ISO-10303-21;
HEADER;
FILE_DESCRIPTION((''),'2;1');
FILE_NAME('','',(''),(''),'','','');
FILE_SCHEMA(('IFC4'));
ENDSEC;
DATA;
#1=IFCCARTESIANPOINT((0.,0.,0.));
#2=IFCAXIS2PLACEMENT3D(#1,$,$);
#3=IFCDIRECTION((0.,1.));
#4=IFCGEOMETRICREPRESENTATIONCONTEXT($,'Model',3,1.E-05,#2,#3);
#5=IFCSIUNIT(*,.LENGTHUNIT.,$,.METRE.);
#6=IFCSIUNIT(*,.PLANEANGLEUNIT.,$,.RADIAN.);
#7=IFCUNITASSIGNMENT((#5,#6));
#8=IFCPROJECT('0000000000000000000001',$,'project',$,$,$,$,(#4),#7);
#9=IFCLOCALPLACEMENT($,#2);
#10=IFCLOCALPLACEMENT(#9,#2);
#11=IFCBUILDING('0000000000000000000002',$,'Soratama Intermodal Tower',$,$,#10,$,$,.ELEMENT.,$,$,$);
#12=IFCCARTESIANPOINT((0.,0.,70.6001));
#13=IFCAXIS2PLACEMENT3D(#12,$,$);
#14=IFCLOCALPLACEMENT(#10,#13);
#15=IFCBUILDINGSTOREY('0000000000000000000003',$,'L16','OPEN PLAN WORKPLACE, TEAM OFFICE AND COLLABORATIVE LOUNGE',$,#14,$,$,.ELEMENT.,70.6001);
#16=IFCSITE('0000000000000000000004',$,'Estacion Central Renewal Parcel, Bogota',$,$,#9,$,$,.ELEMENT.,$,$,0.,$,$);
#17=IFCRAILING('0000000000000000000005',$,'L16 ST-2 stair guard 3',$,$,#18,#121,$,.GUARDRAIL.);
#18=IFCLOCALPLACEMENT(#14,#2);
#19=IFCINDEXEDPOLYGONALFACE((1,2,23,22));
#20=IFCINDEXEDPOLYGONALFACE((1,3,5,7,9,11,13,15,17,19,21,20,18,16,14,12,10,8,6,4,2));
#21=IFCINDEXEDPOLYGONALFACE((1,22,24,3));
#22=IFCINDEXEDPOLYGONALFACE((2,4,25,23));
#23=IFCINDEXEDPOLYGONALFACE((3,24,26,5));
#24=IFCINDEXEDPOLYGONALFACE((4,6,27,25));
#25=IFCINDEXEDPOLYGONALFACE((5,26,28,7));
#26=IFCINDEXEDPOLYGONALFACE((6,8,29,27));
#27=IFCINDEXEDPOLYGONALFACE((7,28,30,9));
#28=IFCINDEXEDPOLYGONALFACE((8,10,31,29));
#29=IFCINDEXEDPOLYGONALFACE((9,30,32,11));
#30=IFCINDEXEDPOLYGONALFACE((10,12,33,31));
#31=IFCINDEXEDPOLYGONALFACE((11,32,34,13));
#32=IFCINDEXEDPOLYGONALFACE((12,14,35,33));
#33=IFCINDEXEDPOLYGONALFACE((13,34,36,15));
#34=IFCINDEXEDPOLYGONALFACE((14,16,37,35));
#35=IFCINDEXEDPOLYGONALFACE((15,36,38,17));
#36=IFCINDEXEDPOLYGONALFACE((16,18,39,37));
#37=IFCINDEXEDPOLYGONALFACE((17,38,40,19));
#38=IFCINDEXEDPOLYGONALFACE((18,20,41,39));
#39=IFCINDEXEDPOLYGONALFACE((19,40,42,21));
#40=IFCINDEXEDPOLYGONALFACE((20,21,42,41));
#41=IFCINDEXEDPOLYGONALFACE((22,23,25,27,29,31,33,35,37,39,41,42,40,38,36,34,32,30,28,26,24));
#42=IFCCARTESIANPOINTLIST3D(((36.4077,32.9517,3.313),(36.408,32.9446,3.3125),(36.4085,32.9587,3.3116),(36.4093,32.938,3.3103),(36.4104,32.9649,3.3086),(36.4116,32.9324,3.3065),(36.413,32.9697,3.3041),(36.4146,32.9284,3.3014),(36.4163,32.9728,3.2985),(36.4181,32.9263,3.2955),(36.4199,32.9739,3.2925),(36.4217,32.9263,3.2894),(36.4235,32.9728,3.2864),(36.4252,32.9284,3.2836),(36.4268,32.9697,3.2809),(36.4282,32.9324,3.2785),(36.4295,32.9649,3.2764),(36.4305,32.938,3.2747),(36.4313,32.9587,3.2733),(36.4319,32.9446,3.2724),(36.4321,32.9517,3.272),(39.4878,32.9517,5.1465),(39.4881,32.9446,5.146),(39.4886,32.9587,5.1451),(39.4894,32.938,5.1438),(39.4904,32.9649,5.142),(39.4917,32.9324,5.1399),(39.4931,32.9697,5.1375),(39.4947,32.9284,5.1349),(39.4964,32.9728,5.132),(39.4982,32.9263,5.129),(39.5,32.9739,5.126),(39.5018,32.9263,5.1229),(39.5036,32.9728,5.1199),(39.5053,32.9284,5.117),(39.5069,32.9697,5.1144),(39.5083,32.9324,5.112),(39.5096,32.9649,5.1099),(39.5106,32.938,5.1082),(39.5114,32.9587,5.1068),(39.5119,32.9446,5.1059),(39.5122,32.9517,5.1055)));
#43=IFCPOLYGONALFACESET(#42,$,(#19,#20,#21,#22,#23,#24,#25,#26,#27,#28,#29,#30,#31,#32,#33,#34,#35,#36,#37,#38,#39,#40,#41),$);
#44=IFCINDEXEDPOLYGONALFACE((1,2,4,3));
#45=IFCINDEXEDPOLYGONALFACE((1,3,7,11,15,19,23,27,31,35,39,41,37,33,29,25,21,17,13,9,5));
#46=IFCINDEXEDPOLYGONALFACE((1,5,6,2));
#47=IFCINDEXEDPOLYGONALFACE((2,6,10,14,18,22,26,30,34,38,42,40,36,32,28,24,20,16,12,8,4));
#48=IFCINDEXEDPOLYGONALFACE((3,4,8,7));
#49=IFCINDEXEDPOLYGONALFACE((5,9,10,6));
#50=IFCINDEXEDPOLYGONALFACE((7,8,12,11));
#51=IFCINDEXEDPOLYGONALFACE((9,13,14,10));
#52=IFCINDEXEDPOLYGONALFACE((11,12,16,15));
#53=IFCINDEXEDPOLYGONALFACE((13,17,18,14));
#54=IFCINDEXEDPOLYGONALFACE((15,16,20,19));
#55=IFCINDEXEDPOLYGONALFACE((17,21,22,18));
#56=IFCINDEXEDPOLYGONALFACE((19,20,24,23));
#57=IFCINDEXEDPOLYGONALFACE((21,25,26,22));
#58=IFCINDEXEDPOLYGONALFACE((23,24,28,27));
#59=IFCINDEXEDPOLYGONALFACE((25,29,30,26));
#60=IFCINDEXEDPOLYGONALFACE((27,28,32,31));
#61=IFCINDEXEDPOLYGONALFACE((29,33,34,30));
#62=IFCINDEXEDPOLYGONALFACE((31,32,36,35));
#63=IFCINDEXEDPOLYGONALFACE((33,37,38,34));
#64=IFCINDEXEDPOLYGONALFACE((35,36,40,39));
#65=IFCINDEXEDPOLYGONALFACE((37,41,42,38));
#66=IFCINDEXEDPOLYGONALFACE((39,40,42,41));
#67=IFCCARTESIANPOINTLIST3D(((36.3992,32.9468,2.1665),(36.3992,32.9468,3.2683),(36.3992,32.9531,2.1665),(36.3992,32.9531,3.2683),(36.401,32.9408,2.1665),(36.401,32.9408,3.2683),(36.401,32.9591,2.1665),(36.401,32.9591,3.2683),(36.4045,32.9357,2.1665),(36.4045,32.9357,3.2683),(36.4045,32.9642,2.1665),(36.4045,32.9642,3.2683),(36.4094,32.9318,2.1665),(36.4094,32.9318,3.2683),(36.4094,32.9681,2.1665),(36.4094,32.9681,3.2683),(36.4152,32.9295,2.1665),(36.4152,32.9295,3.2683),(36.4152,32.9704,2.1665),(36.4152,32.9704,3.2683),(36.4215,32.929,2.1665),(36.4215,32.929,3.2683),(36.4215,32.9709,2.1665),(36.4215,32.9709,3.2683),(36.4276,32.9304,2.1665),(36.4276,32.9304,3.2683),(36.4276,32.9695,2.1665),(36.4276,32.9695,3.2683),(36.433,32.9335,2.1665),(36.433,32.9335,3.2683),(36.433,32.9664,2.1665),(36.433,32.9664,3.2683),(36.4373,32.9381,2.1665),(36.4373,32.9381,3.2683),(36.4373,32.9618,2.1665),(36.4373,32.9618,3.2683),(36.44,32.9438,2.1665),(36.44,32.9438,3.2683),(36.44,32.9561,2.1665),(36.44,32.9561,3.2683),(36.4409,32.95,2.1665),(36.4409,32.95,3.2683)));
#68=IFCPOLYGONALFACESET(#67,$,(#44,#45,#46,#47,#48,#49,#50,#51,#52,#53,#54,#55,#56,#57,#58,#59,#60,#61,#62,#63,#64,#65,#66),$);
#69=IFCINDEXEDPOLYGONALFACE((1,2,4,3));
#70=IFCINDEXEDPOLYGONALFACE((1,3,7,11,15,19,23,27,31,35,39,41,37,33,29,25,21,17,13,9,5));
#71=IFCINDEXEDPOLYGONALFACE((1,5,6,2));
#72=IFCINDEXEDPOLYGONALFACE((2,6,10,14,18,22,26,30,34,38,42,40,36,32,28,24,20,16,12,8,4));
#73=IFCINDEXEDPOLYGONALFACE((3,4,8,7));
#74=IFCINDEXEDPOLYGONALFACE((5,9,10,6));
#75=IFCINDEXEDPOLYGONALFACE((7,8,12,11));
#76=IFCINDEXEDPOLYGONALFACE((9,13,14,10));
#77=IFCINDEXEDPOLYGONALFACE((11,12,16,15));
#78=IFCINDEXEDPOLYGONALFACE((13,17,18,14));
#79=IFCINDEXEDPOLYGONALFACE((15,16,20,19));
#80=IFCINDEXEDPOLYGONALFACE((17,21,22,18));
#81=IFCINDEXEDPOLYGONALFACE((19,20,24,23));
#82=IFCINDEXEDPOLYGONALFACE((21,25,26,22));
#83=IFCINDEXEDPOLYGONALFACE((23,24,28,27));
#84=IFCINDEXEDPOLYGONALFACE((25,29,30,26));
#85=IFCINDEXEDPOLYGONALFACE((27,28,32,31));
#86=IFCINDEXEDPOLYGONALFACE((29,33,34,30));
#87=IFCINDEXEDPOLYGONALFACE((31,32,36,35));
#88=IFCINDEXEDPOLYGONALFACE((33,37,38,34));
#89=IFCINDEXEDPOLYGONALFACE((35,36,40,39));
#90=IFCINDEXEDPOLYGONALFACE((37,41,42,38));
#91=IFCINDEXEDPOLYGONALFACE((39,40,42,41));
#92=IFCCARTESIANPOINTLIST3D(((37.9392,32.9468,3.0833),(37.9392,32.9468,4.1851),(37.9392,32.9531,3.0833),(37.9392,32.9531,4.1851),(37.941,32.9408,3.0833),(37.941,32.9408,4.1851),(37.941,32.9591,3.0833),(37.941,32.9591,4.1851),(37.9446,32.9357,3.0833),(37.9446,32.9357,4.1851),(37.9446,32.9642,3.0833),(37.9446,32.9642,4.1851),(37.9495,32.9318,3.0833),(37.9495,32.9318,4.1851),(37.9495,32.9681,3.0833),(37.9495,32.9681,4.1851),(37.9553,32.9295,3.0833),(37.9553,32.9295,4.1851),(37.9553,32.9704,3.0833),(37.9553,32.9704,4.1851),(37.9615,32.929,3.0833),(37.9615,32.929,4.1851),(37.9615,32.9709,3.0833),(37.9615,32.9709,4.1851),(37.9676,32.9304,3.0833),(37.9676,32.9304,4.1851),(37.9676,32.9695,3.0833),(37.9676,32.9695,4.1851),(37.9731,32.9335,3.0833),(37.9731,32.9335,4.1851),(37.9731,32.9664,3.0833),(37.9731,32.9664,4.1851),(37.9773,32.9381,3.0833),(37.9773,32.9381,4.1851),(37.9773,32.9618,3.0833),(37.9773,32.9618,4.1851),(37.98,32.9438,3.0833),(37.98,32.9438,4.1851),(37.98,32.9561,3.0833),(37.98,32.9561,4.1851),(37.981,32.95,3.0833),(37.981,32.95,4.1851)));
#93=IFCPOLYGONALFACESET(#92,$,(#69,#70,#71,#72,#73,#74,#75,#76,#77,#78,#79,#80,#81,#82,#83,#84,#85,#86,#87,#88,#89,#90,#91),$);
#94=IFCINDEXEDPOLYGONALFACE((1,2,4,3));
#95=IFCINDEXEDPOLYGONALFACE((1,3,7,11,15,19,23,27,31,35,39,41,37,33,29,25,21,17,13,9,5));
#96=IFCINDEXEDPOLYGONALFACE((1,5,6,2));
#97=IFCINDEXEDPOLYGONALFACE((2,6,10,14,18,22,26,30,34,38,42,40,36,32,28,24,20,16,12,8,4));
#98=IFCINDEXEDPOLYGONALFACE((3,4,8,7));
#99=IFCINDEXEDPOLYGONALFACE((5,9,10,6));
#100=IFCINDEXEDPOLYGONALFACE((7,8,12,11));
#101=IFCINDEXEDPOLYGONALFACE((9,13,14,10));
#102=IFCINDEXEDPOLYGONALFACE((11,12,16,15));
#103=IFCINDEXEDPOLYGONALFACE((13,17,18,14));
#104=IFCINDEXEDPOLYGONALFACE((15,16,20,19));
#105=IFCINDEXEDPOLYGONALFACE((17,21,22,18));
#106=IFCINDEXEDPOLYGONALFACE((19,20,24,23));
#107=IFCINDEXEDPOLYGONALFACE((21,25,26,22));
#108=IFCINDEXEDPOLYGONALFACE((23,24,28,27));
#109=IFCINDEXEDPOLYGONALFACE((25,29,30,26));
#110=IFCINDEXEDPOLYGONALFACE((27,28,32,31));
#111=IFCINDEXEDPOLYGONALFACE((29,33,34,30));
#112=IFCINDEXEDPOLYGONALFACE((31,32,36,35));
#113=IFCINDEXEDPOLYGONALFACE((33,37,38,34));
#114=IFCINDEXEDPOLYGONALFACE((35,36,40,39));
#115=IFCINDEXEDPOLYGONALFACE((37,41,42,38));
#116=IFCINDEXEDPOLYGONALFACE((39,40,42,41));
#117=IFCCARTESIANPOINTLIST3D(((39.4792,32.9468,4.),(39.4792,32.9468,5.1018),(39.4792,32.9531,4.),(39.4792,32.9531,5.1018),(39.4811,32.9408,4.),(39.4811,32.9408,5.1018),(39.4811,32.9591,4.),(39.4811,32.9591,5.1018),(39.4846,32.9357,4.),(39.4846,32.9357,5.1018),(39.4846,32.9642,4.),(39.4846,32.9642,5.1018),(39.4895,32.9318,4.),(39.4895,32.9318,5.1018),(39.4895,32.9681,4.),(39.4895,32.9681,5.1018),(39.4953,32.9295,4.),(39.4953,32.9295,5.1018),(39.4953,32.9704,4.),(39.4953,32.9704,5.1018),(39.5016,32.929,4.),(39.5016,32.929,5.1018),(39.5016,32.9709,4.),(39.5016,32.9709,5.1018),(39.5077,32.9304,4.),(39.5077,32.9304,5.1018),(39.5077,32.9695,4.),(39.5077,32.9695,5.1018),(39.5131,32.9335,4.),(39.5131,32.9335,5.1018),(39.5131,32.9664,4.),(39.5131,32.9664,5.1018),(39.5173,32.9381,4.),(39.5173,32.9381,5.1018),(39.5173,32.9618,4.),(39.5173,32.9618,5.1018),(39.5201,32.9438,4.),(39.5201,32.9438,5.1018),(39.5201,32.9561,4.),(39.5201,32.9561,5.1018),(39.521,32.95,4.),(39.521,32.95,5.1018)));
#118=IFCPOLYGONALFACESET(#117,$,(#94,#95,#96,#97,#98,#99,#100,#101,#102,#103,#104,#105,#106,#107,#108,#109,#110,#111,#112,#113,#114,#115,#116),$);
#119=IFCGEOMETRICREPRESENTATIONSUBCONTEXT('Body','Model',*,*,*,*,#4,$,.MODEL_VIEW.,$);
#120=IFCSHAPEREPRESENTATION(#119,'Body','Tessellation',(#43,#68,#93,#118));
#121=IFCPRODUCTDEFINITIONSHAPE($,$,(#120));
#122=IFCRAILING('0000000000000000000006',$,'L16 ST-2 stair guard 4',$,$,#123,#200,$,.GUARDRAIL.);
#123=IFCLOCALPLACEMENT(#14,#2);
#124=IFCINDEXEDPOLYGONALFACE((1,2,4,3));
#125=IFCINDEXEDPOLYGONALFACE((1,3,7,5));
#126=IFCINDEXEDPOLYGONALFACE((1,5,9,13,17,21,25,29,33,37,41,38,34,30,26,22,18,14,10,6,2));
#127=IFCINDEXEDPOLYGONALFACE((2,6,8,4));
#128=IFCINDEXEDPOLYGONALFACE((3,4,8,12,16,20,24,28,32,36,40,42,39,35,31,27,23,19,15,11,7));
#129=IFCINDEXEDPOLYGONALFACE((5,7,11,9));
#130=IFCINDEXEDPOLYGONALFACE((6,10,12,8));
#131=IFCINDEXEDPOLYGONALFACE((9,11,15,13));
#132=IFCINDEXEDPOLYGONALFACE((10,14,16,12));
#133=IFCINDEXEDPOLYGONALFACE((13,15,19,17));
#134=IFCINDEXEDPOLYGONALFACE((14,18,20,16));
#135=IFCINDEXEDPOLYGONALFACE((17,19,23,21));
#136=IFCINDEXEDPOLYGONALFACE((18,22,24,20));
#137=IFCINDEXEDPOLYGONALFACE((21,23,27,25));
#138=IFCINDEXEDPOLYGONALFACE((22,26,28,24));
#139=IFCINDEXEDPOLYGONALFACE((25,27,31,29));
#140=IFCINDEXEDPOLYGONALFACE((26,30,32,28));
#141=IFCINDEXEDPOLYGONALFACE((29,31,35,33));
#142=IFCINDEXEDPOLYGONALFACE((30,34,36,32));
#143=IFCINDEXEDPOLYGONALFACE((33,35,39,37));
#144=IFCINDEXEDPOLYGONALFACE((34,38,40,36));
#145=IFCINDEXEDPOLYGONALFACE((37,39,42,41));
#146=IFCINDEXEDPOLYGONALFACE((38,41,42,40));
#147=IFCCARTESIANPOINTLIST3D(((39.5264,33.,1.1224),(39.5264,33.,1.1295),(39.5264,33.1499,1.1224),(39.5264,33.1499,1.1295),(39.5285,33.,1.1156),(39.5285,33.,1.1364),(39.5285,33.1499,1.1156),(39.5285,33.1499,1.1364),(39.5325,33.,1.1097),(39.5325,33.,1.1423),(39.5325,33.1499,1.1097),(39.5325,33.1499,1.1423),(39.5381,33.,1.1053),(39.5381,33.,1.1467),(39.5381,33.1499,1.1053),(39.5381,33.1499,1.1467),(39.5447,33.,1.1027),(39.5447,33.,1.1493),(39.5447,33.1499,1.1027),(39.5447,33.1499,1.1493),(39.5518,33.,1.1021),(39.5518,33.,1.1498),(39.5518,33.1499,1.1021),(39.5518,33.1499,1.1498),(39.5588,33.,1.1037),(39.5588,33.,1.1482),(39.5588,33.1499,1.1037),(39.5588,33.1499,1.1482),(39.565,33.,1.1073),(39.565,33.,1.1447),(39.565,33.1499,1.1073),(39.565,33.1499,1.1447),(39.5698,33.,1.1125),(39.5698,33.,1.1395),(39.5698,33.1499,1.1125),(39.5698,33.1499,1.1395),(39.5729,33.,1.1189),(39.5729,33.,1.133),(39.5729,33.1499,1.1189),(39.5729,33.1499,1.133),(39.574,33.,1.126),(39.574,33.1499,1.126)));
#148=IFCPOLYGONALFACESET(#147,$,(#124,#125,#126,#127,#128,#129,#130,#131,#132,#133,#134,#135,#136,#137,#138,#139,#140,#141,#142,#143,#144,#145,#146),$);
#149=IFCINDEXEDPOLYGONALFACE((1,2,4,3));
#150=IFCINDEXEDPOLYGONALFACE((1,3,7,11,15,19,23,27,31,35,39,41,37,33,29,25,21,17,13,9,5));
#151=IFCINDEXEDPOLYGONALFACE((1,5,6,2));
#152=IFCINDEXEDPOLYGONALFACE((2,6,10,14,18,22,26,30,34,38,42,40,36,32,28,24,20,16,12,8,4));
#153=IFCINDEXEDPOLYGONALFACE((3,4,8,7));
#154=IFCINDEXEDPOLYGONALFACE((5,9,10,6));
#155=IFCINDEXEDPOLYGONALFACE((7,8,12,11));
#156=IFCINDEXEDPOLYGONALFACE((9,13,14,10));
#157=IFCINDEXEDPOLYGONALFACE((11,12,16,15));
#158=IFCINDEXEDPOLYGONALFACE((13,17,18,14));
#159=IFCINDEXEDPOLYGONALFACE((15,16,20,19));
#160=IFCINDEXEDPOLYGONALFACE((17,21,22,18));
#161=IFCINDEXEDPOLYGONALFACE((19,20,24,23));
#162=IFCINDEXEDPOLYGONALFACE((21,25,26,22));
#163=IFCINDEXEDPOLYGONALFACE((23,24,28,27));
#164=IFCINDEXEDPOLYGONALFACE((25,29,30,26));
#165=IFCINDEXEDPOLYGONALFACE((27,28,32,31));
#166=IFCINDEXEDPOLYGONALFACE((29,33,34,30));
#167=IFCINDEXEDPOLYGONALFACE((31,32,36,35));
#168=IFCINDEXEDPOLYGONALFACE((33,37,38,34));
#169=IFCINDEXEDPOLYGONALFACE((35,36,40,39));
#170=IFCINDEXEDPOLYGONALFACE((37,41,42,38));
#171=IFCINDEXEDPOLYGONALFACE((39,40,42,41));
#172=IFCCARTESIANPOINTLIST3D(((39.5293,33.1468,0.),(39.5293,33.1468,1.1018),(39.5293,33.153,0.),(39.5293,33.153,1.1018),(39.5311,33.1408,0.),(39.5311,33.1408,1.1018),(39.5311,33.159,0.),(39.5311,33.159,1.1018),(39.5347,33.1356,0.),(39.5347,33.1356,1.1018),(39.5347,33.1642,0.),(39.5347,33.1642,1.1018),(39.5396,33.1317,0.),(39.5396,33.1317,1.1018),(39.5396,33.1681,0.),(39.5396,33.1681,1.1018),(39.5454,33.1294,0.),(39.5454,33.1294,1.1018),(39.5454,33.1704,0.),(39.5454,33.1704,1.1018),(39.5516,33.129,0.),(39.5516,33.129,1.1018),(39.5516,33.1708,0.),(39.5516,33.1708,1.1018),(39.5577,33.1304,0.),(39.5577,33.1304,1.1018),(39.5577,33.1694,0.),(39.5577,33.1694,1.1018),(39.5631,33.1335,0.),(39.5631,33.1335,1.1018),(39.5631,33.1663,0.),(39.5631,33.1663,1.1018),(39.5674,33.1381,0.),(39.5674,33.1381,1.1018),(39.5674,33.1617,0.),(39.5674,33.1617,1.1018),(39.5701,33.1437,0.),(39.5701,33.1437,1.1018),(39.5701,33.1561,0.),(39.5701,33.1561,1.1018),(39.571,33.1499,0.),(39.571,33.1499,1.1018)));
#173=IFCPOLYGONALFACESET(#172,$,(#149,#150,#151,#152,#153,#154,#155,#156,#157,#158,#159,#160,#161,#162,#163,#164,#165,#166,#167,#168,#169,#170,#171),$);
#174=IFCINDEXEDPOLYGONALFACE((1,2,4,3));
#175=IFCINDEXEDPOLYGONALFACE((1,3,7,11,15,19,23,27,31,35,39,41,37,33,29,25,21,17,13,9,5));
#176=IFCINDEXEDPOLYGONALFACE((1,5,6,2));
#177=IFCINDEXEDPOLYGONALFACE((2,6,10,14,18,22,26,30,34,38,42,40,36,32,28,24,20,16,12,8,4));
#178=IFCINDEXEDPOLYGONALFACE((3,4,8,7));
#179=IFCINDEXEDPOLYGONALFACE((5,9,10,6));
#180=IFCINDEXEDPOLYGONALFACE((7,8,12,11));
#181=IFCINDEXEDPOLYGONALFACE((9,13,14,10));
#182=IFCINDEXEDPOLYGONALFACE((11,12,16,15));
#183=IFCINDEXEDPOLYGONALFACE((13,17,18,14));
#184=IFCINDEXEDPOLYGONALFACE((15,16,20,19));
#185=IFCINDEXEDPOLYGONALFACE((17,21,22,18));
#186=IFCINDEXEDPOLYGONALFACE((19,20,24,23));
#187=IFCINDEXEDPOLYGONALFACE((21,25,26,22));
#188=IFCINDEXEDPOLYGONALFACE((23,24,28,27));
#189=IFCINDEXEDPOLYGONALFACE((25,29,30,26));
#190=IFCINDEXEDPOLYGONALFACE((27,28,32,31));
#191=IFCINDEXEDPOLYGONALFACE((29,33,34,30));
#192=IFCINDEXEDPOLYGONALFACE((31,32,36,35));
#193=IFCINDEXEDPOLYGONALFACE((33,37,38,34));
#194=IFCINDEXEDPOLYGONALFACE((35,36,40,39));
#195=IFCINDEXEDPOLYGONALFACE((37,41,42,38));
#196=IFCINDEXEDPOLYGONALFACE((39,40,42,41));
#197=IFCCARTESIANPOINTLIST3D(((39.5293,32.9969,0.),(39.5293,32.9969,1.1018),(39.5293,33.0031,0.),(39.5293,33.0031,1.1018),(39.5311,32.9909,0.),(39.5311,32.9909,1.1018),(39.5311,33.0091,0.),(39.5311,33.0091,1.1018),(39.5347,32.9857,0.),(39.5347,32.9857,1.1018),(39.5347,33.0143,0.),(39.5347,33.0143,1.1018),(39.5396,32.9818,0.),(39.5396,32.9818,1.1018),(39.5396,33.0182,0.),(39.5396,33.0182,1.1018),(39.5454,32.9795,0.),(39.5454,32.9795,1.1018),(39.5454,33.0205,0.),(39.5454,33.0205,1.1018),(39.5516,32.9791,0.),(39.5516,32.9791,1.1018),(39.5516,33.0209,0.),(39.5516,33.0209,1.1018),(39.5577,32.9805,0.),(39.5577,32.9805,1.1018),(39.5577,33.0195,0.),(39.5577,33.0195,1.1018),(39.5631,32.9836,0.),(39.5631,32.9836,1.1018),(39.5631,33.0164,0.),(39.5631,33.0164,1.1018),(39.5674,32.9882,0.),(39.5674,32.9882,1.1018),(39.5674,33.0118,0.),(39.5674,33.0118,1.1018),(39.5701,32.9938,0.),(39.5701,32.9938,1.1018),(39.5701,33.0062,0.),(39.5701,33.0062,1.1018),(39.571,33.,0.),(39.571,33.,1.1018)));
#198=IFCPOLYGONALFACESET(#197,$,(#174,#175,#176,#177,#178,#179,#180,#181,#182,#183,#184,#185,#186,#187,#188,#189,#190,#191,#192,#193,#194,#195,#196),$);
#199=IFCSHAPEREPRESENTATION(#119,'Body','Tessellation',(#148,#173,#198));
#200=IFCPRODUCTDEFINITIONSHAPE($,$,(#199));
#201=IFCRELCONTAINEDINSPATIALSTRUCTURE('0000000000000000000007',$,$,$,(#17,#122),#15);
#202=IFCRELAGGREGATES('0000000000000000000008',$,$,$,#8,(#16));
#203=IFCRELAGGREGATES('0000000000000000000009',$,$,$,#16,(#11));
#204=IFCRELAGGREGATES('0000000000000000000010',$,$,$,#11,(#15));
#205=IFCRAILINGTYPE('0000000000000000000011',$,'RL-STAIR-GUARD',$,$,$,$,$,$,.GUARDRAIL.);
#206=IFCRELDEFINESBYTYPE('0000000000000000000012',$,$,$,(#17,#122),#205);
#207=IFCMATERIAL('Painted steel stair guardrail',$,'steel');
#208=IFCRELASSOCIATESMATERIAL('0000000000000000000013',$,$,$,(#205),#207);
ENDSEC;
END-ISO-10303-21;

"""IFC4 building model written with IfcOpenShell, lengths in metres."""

from ifc_helpers import new_model, si_unit, direction, frame, origin, origin_2d, place, context, subcontext, project, spatial, circle, extrude, material, type_object, element, save


model = new_model("IFC4")

# Units and contexts
model_context = context("Model", 3, precision=1e-05, world=origin(), true_north=direction((0.0, 1.0)))
body_context = subcontext(model_context, "Body", "Model", "MODEL_VIEW")
ifc_project = project(units=[si_unit("LENGTHUNIT", "METRE"), si_unit("PLANEANGLEUNIT", "RADIAN")], contexts=[model_context])

# Site, building, storey
site_placement = place(None, origin())
site = spatial("IfcSite", under=ifc_project, at=site_placement, Name="Estacion Central Renewal Parcel, Bogota", CompositionType="ELEMENT", RefElevation=0.0)
building_placement = place(site_placement, origin())
building = spatial("IfcBuilding", under=site, at=building_placement, Name="Soratama Intermodal Tower", CompositionType="ELEMENT")
storey_placement = place(building_placement, frame((0.0, 0.0, 70.6001)))
storey = spatial("IfcBuildingStorey", under=building, at=storey_placement, Name="L16", Description="OPEN PLAN WORKPLACE, TEAM OFFICE AND COLLABORATIVE LOUNGE", CompositionType="ELEMENT", Elevation=70.6001)

# Railings
ifc_material_1 = material(Name="Painted steel stair guardrail", Category="steel")
railing_type_1 = type_object("IfcRailingType", Name="RL-STAIR-GUARD", PredefinedType="GUARDRAIL", material=ifc_material_1)
railing_1_placement = place(storey_placement, frame((36.4199, 32.95, 2.1665)))
element("IfcRailing", 1, at=railing_1_placement, inside=storey, type_object=railing_type_1, Name="L16 ST-2 stair guard 3", PredefinedType="GUARDRAIL", context=body_context, shape_type="SweptSolid", body=[
    extrude(circle(Radius=0.0239, at=origin_2d()), frame((0.0, 0.0, 1.126), z_axis=(0.859279, 0.0, 0.511508), x_axis=(0.0, 1.0, 0.0)), (0.0, 0.0, 1.0), 3.5845),
    extrude(circle(Radius=0.021, at=origin_2d()), origin(), (0.0, 0.0, 1.0), 1.1018),
    extrude(circle(Radius=0.021, at=origin_2d()), frame((1.54, 0.0, 0.9167)), (0.0, 0.0, 1.0), 1.1018),
    extrude(circle(Radius=0.021, at=origin_2d()), frame((3.0801, 0.0, 1.8335)), (0.0, 0.0, 1.0), 1.1018),
])
railing_2_placement = place(storey_placement, frame((39.55, 33.1499, 0.0)))
element("IfcRailing", 2, at=railing_2_placement, inside=storey, type_object=railing_type_1, Name="L16 ST-2 stair guard 4", PredefinedType="GUARDRAIL", context=body_context, shape_type="SweptSolid", body=[
    extrude(circle(Radius=0.0239, at=origin_2d()), frame((0.0, 0.0, 1.126), z_axis=(0.0, -1.0, 0.0), x_axis=(1.0, 0.0, 0.0)), (0.0, 0.0, 1.0), 0.1499),
    extrude(circle(Radius=0.021, at=origin_2d()), origin(), (0.0, 0.0, 1.0), 1.1018),
    extrude(circle(Radius=0.021, at=origin_2d()), frame((0.0, -0.1499, 0.0)), (0.0, 0.0, 1.0), 1.1018),
])

save(model, "model.ifc")
